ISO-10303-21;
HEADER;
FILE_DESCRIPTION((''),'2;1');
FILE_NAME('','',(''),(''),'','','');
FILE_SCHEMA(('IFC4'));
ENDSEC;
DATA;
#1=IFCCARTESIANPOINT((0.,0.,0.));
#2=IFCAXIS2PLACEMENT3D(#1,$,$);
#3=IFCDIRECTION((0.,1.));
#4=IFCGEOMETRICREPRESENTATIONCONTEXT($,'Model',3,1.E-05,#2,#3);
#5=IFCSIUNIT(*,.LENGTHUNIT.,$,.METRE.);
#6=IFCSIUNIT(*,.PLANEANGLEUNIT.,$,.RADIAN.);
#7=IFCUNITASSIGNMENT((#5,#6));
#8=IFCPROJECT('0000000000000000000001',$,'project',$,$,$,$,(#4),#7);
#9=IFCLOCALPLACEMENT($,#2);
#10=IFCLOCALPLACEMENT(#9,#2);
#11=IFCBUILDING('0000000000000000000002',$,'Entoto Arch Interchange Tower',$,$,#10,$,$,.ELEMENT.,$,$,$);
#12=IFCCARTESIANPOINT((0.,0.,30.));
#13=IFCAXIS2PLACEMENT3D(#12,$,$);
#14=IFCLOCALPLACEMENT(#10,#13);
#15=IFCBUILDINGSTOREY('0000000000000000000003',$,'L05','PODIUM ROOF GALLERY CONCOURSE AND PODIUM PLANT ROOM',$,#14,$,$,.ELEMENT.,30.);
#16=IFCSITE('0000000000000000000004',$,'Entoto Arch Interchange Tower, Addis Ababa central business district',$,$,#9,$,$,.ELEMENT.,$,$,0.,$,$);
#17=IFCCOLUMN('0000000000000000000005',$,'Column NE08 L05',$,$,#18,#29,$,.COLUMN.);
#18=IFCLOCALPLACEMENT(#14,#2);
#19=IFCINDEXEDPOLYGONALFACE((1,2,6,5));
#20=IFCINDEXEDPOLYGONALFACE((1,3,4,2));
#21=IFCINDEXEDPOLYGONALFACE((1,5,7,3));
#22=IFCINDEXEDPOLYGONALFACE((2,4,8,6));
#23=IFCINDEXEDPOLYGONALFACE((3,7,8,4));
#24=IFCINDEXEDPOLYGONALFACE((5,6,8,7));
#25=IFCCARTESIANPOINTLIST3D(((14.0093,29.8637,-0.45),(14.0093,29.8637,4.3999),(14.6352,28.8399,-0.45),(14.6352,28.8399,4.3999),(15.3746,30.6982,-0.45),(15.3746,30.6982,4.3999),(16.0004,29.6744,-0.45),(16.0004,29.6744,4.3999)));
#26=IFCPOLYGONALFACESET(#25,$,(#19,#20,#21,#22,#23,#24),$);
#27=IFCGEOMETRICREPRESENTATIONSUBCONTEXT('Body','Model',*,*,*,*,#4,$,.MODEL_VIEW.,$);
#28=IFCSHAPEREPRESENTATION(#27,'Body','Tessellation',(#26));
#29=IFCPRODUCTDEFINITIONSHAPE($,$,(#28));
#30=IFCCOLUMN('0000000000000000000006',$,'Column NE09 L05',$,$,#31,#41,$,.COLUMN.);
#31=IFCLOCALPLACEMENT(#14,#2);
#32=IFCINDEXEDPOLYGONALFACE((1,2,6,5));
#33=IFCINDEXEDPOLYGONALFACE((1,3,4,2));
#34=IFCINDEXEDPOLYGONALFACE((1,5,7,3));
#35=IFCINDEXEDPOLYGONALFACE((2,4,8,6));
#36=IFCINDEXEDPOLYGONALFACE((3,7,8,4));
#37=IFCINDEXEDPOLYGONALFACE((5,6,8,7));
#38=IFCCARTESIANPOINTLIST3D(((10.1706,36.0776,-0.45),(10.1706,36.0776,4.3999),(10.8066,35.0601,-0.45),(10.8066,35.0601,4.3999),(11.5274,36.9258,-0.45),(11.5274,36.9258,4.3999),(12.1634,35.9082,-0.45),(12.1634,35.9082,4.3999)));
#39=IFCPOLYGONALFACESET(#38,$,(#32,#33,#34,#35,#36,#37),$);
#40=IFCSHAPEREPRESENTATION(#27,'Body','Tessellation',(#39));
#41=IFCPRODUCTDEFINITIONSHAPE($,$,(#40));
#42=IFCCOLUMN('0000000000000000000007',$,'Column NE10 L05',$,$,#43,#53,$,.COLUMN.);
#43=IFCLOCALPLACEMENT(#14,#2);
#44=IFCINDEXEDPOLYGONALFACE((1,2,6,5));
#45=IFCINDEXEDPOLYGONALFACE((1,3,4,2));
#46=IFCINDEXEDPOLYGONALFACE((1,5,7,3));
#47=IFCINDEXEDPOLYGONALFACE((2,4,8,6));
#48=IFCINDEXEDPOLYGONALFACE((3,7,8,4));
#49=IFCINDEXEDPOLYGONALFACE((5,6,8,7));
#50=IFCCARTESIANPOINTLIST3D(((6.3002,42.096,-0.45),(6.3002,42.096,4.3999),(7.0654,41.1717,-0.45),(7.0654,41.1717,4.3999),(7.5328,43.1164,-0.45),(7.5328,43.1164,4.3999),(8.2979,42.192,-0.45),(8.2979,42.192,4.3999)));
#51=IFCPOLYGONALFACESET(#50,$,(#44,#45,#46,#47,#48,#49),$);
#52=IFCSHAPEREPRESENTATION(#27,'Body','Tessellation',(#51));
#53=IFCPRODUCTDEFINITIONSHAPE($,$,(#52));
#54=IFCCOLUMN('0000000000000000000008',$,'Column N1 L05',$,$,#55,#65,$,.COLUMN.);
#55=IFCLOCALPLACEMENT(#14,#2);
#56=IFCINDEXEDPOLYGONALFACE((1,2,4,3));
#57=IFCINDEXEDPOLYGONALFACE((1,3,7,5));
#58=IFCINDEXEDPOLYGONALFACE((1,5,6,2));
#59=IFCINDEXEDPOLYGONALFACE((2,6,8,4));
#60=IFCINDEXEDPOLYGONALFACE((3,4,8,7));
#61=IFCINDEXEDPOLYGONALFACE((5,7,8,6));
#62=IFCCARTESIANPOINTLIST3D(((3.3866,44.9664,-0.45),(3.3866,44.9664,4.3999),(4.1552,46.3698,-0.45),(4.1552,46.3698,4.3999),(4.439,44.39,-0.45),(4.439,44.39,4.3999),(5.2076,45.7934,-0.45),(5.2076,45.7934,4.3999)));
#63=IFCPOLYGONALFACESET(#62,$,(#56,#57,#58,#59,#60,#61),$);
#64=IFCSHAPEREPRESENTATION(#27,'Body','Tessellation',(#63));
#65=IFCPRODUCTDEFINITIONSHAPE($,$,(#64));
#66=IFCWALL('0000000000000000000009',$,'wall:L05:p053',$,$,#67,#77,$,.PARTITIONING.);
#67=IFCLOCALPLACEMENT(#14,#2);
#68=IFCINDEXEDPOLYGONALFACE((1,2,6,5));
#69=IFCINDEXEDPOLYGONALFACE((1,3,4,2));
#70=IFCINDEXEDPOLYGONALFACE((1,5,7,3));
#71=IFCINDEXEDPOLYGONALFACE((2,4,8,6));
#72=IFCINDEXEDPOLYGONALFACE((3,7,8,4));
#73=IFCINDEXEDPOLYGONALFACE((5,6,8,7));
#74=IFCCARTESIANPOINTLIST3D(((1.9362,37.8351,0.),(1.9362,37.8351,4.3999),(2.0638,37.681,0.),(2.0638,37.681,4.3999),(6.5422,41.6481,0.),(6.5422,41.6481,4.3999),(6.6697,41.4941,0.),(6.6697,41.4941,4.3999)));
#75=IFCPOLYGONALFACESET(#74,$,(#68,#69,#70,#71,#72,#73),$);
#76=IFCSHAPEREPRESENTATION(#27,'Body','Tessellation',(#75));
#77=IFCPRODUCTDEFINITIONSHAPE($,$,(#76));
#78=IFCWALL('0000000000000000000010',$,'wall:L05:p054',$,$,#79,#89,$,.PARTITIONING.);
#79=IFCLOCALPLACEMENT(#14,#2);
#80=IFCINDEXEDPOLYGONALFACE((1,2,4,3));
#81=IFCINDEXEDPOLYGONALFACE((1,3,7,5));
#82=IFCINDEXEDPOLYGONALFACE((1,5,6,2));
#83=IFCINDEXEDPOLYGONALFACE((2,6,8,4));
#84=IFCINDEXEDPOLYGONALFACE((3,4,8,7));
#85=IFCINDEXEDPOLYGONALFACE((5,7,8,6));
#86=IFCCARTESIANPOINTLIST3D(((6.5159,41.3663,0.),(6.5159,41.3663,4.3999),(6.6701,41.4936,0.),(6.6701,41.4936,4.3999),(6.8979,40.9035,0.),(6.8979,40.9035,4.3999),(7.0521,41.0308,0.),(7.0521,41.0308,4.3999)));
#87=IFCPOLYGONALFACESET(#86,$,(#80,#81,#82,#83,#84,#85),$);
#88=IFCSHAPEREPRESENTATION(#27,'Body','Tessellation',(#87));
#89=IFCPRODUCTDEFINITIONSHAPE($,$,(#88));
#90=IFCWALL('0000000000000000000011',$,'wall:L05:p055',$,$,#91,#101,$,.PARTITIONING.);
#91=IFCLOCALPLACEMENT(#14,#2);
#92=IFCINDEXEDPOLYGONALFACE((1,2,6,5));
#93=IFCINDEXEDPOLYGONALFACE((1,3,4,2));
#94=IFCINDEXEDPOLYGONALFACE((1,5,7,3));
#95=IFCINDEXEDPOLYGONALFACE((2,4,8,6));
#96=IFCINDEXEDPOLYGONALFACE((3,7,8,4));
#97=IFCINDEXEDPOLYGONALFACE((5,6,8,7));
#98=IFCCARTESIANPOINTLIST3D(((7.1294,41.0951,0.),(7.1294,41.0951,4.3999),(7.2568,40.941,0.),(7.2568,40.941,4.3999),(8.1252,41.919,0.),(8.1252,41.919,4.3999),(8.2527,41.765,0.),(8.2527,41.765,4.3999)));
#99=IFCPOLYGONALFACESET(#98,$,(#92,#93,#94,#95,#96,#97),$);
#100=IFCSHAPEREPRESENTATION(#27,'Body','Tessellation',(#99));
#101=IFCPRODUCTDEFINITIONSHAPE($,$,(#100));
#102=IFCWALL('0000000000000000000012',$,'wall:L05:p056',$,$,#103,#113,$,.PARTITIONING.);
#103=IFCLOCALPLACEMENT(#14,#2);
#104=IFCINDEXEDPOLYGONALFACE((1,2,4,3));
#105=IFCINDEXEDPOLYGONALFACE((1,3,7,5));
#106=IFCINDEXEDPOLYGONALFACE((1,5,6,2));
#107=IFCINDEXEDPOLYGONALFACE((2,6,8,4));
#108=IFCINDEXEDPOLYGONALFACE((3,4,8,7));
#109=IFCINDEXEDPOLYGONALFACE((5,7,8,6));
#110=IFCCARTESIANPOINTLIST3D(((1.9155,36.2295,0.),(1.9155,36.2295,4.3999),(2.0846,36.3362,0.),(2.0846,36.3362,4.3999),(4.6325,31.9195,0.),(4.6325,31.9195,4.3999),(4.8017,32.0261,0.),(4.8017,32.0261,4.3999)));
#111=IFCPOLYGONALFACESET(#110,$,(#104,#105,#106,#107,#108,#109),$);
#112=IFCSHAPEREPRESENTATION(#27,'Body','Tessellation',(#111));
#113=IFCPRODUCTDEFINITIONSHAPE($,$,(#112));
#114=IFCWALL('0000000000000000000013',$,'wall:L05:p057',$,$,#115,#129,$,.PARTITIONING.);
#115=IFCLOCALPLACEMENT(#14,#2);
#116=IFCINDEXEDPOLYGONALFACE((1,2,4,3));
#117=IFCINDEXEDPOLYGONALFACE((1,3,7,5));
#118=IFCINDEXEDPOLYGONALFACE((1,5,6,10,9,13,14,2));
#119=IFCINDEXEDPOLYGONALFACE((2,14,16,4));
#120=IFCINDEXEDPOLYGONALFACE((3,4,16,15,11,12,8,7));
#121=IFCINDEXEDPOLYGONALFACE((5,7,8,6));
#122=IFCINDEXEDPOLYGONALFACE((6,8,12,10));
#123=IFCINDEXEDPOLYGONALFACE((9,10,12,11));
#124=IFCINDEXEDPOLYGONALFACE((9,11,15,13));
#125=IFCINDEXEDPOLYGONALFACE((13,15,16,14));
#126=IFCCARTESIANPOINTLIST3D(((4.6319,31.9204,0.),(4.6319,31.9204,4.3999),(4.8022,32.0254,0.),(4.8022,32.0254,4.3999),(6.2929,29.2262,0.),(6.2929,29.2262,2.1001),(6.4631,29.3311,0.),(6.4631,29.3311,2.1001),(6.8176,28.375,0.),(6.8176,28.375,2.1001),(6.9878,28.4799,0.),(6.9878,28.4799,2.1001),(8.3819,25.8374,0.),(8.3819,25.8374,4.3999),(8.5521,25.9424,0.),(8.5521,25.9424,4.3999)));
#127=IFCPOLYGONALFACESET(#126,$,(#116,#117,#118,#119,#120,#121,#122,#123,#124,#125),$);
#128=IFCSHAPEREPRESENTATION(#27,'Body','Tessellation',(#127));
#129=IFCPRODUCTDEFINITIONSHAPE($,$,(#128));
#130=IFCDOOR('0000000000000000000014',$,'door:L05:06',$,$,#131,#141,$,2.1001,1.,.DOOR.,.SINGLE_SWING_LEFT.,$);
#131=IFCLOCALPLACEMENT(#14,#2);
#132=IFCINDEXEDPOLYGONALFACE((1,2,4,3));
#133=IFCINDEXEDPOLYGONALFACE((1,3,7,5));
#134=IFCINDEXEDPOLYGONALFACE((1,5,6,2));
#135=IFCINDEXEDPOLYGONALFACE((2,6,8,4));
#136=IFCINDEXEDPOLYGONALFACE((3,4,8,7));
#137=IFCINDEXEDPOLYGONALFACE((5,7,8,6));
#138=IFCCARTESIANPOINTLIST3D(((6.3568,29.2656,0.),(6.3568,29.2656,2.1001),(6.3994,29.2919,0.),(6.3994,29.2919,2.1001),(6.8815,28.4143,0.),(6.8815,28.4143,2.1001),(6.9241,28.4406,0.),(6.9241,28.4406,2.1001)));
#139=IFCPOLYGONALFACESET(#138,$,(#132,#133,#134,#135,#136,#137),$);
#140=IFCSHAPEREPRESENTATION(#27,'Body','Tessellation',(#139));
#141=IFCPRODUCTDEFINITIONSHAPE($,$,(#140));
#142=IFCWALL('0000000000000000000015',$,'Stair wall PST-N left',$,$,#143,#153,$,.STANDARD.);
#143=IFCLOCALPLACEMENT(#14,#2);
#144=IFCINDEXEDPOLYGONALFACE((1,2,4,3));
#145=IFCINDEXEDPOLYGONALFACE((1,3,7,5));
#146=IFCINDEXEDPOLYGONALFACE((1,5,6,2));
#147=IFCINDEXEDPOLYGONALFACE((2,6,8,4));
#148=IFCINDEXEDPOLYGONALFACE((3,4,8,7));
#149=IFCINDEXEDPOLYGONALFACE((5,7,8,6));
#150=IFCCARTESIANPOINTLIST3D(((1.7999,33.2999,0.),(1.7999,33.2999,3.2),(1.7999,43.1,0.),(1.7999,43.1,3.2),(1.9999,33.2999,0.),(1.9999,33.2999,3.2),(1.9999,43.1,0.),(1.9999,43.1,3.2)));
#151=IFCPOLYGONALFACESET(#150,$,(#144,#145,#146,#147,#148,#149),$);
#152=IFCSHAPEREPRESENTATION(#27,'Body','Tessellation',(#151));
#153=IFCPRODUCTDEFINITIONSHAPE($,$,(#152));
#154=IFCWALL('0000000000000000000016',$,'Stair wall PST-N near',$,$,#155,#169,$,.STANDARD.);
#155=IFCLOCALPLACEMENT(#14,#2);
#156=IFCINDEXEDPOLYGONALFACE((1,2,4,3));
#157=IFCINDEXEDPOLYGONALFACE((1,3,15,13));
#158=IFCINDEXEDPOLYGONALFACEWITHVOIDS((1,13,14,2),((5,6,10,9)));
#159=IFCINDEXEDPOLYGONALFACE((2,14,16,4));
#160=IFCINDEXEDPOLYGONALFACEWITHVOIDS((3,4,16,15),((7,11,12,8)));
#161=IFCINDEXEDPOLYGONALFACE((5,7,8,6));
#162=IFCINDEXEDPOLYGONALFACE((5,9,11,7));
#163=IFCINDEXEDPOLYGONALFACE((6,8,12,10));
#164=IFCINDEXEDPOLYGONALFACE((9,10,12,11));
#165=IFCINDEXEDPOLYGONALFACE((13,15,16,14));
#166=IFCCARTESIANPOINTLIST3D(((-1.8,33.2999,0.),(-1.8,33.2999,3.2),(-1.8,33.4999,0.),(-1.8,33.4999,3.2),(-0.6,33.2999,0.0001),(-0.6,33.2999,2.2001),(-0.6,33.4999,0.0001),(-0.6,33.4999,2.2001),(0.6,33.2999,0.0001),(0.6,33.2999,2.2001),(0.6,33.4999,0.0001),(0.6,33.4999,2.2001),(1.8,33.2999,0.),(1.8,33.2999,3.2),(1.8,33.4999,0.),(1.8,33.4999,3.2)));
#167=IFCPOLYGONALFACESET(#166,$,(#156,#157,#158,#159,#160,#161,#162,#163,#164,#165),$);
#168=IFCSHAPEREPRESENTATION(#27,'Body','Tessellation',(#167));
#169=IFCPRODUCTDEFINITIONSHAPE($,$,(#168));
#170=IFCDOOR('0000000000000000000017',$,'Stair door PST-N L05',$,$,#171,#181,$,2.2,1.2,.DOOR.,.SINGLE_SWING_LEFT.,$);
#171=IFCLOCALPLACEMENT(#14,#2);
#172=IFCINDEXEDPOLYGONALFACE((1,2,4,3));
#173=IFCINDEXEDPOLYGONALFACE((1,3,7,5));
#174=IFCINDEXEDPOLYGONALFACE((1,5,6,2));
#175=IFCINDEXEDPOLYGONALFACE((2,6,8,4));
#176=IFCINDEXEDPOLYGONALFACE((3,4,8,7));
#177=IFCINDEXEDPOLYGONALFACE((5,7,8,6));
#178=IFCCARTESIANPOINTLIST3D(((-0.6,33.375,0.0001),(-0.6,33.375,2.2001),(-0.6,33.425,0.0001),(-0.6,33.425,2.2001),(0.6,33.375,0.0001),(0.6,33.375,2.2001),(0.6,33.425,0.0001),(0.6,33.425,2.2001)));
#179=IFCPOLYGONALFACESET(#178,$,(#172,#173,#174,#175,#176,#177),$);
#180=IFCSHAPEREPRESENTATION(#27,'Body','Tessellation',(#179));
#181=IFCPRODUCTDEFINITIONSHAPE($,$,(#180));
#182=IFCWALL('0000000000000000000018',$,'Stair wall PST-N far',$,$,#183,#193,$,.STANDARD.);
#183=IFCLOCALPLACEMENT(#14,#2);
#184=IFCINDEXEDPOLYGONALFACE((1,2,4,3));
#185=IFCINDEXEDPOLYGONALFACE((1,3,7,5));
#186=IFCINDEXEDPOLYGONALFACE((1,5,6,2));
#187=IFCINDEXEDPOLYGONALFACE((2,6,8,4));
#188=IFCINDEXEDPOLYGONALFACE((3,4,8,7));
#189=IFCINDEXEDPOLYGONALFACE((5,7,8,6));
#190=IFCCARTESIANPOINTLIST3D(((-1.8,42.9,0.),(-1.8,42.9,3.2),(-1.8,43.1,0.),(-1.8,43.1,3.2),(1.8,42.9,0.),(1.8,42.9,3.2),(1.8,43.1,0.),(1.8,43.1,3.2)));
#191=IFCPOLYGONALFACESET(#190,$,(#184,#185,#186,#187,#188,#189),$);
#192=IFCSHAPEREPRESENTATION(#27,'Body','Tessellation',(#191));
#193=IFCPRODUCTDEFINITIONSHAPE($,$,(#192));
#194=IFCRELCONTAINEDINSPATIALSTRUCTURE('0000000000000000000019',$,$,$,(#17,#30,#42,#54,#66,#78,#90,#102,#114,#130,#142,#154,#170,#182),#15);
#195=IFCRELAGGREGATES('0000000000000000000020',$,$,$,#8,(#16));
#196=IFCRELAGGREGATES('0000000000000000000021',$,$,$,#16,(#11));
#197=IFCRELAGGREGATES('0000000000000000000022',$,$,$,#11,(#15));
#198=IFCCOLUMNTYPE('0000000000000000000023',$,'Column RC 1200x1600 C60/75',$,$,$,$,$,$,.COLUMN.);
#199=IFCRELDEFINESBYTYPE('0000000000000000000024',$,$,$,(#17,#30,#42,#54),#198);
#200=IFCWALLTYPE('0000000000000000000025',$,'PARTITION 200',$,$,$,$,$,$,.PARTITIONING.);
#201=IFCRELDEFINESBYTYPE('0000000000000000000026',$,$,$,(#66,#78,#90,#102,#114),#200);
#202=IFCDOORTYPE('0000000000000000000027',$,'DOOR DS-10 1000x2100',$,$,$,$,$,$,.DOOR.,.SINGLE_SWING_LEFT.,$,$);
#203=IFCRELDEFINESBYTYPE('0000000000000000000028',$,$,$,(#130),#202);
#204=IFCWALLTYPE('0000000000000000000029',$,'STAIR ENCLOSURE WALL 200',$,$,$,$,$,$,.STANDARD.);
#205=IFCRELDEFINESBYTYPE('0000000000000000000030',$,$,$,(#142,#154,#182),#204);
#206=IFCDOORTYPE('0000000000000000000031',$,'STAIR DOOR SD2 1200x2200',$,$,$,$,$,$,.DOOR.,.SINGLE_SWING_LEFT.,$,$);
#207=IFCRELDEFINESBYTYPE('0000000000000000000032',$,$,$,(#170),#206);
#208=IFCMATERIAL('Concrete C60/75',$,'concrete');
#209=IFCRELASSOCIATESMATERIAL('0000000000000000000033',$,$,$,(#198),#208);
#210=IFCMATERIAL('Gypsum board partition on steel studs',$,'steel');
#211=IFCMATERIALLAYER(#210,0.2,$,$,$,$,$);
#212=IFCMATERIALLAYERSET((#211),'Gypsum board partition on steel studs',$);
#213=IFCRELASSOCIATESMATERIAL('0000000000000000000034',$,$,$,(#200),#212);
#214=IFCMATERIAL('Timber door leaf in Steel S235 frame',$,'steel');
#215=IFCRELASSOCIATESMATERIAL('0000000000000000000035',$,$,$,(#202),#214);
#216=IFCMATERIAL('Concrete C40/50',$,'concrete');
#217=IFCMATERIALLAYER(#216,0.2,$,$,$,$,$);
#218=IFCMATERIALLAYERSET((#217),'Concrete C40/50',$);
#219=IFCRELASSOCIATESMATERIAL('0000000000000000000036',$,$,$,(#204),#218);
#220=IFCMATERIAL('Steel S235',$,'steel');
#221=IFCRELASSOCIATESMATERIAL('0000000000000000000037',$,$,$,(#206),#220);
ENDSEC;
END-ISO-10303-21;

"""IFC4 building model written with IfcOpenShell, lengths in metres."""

from ifc_helpers import new_model, si_unit, direction, frame, frame_2d, origin, origin_2d, place, context, subcontext, project, spatial, rectangle, extrude, material, layer, layer_set, material_profile, profile_set, type_object, element, fill, save


model = new_model("IFC4")

# Units and contexts
model_context = context("Model", 3, precision=1e-05, world=origin(), true_north=direction((0.0, 1.0)))
body_context = subcontext(model_context, "Body", "Model", "MODEL_VIEW")
ifc_project = project(units=[si_unit("LENGTHUNIT", "METRE"), si_unit("PLANEANGLEUNIT", "RADIAN")], contexts=[model_context])

# Site, building, storey
site_placement = place(None, origin())
site = spatial("IfcSite", under=ifc_project, at=site_placement, Name="Entoto Arch Interchange Tower, Addis Ababa central business district", CompositionType="ELEMENT", RefElevation=0.0)
building_placement = place(site_placement, origin())
building = spatial("IfcBuilding", under=site, at=building_placement, Name="Entoto Arch Interchange Tower", CompositionType="ELEMENT")
storey_placement = place(building_placement, frame((0.0, 0.0, 30.0)))
storey = spatial("IfcBuildingStorey", under=building, at=storey_placement, Name="L05", Description="PODIUM ROOF GALLERY CONCOURSE AND PODIUM PLANT ROOM", CompositionType="ELEMENT", Elevation=30.0)

# Columns
ifc_material_1 = material(Name="Concrete C60/75", Category="concrete")
ifc_material_profile = material_profile(ifc_material_1, rectangle(XDim=1.2, YDim=1.6001, at=origin_2d()))
ifc_profile_set = profile_set([ifc_material_profile], Name="Concrete C60/75")
column_type = type_object("IfcColumnType", Name="Column RC 1200x1600 C60/75", PredefinedType="COLUMN", material=ifc_profile_set)
for number, where, z_axis, x_axis, name in (
    (1, (15.0049, 29.769, -0.45), (0.0, 0.0, 1.0), (-0.521546, 0.853223, 0.0), "Column NE08 L05"),
    (2, (11.167, 35.9929, -0.45), (0.0, 0.0, 1.0), (-0.530067, 0.847956, 0.0), "Column NE09 L05"),
    (3, (7.2991, 42.144, -0.45), (0.0, 0.0, 1.0), (-0.637666, 0.770313, 0.0), "Column NE10 L05"),
    (4, (4.2971, 45.3799, -0.45), (0.0, 0.0, 1.0), (-0.877079, 0.480346, 0.0), "Column N1 L05"),
):
    element("IfcColumn", number, at=place(storey_placement, frame(where, z_axis=z_axis, x_axis=x_axis)), inside=storey, type_object=column_type, Name=name, PredefinedType="COLUMN", context=body_context, shape_type="SweptSolid", body=[
        extrude(rectangle(XDim=1.2, YDim=1.6001, at=origin_2d()), origin(), (0.0, 0.0, 1.0), 4.8499),
    ])

# Walls
ifc_material_2 = material(Name="Gypsum board partition on steel studs", Category="steel")
ifc_layer_1 = layer(ifc_material_2, 0.2)
ifc_layer_set_1 = layer_set([ifc_layer_1], Name="Gypsum board partition on steel studs")
wall_type_1 = type_object("IfcWallType", Name="PARTITION 200", PredefinedType="PARTITIONING", material=ifc_layer_set_1)
wall_1_placement = place(storey_placement, frame((2.0, 37.7581, 0.0), z_axis=(0.0, 0.0, 1.0), x_axis=(0.770299, 0.637683, 0.0)))
element("IfcWall", 5, at=wall_1_placement, inside=storey, type_object=wall_type_1, Name="wall:L05:p053", PredefinedType="PARTITIONING", context=body_context, shape_type="SweptSolid", body=[
    extrude(rectangle(XDim=5.9795, YDim=0.2, at=frame_2d((2.9897, 0.0))), origin(), (0.0, 0.0, 1.0), 4.3999),
])
wall_2_placement = place(storey_placement, frame((6.593, 41.4299, 0.0), z_axis=(0.0, 0.0, 1.0), x_axis=(0.636577, -0.771214, 0.0)))
element("IfcWall", 6, at=wall_2_placement, inside=storey, type_object=wall_type_1, Name="wall:L05:p054", PredefinedType="PARTITIONING", context=body_context, shape_type="SweptSolid", body=[
    extrude(rectangle(XDim=0.6001, YDim=0.2, at=frame_2d((0.3, 0.0))), origin(), (0.0, 0.0, 1.0), 4.3999),
])
wall_3_placement = place(storey_placement, frame((7.1931, 41.0181, 0.0), z_axis=(0.0, 0.0, 1.0), x_axis=(0.770461, 0.637487, 0.0)))
element("IfcWall", 7, at=wall_3_placement, inside=storey, type_object=wall_type_1, Name="wall:L05:p055", PredefinedType="PARTITIONING", context=body_context, shape_type="SweptSolid", body=[
    extrude(rectangle(XDim=1.2925, YDim=0.2, at=frame_2d((0.6462, 0.0))), origin(), (0.0, 0.0, 1.0), 4.3999),
])
wall_4_placement = place(storey_placement, frame((4.717, 31.9729, 0.0), z_axis=(0.0, 0.0, 1.0), x_axis=(-0.533277, 0.845941, 0.0)))
element("IfcWall", 8, at=wall_4_placement, inside=storey, type_object=wall_type_1, Name="wall:L05:p056", PredefinedType="PARTITIONING", context=body_context, shape_type="SweptSolid", body=[
    extrude(rectangle(XDim=5.095, YDim=0.2, at=frame_2d((2.5474, 0.0))), origin(), (0.0, 0.0, 1.0), 4.3999),
])

# Wall, opening, door
wall_5_placement = place(storey_placement, frame((8.467, 25.8899, 0.0), z_axis=(0.0, 0.0, 1.0), x_axis=(-0.524768, 0.851245, 0.0)))
wall_5 = element("IfcWall", 9, at=wall_5_placement, inside=storey, type_object=wall_type_1, Name="wall:L05:p057", PredefinedType="PARTITIONING", context=body_context, shape_type="SweptSolid", body=[
    extrude(rectangle(XDim=7.146, YDim=0.2, at=frame_2d((3.573, 0.0))), origin(), (0.0, 0.0, 1.0), 4.3999),
])
opening_1_placement = place(wall_5_placement, frame((2.981, 0.0, 0.0)))
opening_1 = element("IfcOpeningElement", 10, at=opening_1_placement, cuts=wall_5, PredefinedType="OPENING", context=body_context, shape_type="SweptSolid", body=[
    extrude(rectangle(XDim=1.0, YDim=2.1001, at=frame_2d((0.5, 1.05))), frame((0.0, 0.1099, 0.0), z_axis=(0.0, -1.0, 0.0), x_axis=(1.0, 0.0, 0.0)), (0.0, 0.0, 1.0), 0.22),
])
ifc_material_3 = material(Name="Timber door leaf in Steel S235 frame", Category="steel")
door_type_1 = type_object("IfcDoorType", Name="DOOR DS-10 1000x2100", OperationType="SINGLE_SWING_LEFT", PredefinedType="DOOR", material=ifc_material_3)
door_1_placement = place(opening_1_placement, origin())
door_1 = element("IfcDoor", 11, at=door_1_placement, inside=storey, type_object=door_type_1, Name="door:L05:06", OperationType="SINGLE_SWING_LEFT", OverallHeight=2.1001, OverallWidth=1.0, PredefinedType="DOOR", context=body_context, shape_type="SweptSolid", body=[
    extrude(rectangle(XDim=1.0, YDim=2.1001, at=frame_2d((0.5, 1.05))), frame((0.0, 0.0249, 0.0), z_axis=(0.0, -1.0, 0.0), x_axis=(1.0, 0.0, 0.0)), (0.0, 0.0, 1.0), 0.05),
])
fill(opening_1, door_1)

# Wall
ifc_material_4 = material(Name="Concrete C40/50", Category="concrete")
ifc_layer_2 = layer(ifc_material_4, 0.2)
ifc_layer_set_2 = layer_set([ifc_layer_2], Name="Concrete C40/50")
wall_type_2 = type_object("IfcWallType", Name="STAIR ENCLOSURE WALL 200", PredefinedType="STANDARD", material=ifc_layer_set_2)
wall_6_placement = place(storey_placement, frame((1.8999, 33.3, 0.0), z_axis=(0.0, 0.0, 1.0), x_axis=(0.0, 1.0, 0.0)))
element("IfcWall", 12, at=wall_6_placement, inside=storey, type_object=wall_type_2, Name="Stair wall PST-N left", PredefinedType="STANDARD", context=body_context, shape_type="SweptSolid", body=[
    extrude(rectangle(XDim=9.8, YDim=0.2, at=frame_2d((4.8999, 0.0))), origin(), (0.0, 0.0, 1.0), 3.2),
])

# Wall, opening, door
wall_7_placement = place(storey_placement, frame((1.8, 33.3999, 0.0), z_axis=(0.0, 0.0, 1.0), x_axis=(-1.0, 0.0, 0.0)))
wall_7 = element("IfcWall", 13, at=wall_7_placement, inside=storey, type_object=wall_type_2, Name="Stair wall PST-N near", PredefinedType="STANDARD", context=body_context, shape_type="SweptSolid", body=[
    extrude(rectangle(XDim=3.6001, YDim=0.2, at=frame_2d((1.8, 0.0))), origin(), (0.0, 0.0, 1.0), 3.2),
])
opening_2_placement = place(wall_7_placement, frame((1.2, 0.0, 0.0)))
opening_2 = element("IfcOpeningElement", 14, at=opening_2_placement, cuts=wall_7, PredefinedType="OPENING", context=body_context, shape_type="SweptSolid", body=[
    extrude(rectangle(XDim=1.2, YDim=2.2, at=frame_2d((0.6001, 1.1001))), frame((0.0, 0.1099, 0.0), z_axis=(0.0, -1.0, 0.0), x_axis=(1.0, 0.0, 0.0)), (0.0, 0.0, 1.0), 0.22),
])
ifc_material_5 = material(Name="Steel S235", Category="steel")
door_type_2 = type_object("IfcDoorType", Name="STAIR DOOR SD2 1200x2200", OperationType="SINGLE_SWING_LEFT", PredefinedType="DOOR", material=ifc_material_5)
door_2_placement = place(opening_2_placement, origin())
door_2 = element("IfcDoor", 15, at=door_2_placement, inside=storey, type_object=door_type_2, Name="Stair door PST-N L05", OperationType="SINGLE_SWING_LEFT", OverallHeight=2.2, OverallWidth=1.2, PredefinedType="DOOR", context=body_context, shape_type="SweptSolid", body=[
    extrude(rectangle(XDim=1.2, YDim=2.2, at=frame_2d((0.6001, 1.1001))), frame((0.0, 0.0249, 0.0), z_axis=(0.0, -1.0, 0.0), x_axis=(1.0, 0.0, 0.0)), (0.0, 0.0, 1.0), 0.05),
])
fill(opening_2, door_2)

# Wall
wall_8_placement = place(storey_placement, frame((1.8, 43.0, 0.0), z_axis=(0.0, 0.0, 1.0), x_axis=(-1.0, 0.0, 0.0)))
element("IfcWall", 16, at=wall_8_placement, inside=storey, type_object=wall_type_2, Name="Stair wall PST-N far", PredefinedType="STANDARD", context=body_context, shape_type="SweptSolid", body=[
    extrude(rectangle(XDim=3.6001, YDim=0.2, at=frame_2d((1.8, 0.0))), origin(), (0.0, 0.0, 1.0), 3.2),
])

save(model, "model.ifc")
